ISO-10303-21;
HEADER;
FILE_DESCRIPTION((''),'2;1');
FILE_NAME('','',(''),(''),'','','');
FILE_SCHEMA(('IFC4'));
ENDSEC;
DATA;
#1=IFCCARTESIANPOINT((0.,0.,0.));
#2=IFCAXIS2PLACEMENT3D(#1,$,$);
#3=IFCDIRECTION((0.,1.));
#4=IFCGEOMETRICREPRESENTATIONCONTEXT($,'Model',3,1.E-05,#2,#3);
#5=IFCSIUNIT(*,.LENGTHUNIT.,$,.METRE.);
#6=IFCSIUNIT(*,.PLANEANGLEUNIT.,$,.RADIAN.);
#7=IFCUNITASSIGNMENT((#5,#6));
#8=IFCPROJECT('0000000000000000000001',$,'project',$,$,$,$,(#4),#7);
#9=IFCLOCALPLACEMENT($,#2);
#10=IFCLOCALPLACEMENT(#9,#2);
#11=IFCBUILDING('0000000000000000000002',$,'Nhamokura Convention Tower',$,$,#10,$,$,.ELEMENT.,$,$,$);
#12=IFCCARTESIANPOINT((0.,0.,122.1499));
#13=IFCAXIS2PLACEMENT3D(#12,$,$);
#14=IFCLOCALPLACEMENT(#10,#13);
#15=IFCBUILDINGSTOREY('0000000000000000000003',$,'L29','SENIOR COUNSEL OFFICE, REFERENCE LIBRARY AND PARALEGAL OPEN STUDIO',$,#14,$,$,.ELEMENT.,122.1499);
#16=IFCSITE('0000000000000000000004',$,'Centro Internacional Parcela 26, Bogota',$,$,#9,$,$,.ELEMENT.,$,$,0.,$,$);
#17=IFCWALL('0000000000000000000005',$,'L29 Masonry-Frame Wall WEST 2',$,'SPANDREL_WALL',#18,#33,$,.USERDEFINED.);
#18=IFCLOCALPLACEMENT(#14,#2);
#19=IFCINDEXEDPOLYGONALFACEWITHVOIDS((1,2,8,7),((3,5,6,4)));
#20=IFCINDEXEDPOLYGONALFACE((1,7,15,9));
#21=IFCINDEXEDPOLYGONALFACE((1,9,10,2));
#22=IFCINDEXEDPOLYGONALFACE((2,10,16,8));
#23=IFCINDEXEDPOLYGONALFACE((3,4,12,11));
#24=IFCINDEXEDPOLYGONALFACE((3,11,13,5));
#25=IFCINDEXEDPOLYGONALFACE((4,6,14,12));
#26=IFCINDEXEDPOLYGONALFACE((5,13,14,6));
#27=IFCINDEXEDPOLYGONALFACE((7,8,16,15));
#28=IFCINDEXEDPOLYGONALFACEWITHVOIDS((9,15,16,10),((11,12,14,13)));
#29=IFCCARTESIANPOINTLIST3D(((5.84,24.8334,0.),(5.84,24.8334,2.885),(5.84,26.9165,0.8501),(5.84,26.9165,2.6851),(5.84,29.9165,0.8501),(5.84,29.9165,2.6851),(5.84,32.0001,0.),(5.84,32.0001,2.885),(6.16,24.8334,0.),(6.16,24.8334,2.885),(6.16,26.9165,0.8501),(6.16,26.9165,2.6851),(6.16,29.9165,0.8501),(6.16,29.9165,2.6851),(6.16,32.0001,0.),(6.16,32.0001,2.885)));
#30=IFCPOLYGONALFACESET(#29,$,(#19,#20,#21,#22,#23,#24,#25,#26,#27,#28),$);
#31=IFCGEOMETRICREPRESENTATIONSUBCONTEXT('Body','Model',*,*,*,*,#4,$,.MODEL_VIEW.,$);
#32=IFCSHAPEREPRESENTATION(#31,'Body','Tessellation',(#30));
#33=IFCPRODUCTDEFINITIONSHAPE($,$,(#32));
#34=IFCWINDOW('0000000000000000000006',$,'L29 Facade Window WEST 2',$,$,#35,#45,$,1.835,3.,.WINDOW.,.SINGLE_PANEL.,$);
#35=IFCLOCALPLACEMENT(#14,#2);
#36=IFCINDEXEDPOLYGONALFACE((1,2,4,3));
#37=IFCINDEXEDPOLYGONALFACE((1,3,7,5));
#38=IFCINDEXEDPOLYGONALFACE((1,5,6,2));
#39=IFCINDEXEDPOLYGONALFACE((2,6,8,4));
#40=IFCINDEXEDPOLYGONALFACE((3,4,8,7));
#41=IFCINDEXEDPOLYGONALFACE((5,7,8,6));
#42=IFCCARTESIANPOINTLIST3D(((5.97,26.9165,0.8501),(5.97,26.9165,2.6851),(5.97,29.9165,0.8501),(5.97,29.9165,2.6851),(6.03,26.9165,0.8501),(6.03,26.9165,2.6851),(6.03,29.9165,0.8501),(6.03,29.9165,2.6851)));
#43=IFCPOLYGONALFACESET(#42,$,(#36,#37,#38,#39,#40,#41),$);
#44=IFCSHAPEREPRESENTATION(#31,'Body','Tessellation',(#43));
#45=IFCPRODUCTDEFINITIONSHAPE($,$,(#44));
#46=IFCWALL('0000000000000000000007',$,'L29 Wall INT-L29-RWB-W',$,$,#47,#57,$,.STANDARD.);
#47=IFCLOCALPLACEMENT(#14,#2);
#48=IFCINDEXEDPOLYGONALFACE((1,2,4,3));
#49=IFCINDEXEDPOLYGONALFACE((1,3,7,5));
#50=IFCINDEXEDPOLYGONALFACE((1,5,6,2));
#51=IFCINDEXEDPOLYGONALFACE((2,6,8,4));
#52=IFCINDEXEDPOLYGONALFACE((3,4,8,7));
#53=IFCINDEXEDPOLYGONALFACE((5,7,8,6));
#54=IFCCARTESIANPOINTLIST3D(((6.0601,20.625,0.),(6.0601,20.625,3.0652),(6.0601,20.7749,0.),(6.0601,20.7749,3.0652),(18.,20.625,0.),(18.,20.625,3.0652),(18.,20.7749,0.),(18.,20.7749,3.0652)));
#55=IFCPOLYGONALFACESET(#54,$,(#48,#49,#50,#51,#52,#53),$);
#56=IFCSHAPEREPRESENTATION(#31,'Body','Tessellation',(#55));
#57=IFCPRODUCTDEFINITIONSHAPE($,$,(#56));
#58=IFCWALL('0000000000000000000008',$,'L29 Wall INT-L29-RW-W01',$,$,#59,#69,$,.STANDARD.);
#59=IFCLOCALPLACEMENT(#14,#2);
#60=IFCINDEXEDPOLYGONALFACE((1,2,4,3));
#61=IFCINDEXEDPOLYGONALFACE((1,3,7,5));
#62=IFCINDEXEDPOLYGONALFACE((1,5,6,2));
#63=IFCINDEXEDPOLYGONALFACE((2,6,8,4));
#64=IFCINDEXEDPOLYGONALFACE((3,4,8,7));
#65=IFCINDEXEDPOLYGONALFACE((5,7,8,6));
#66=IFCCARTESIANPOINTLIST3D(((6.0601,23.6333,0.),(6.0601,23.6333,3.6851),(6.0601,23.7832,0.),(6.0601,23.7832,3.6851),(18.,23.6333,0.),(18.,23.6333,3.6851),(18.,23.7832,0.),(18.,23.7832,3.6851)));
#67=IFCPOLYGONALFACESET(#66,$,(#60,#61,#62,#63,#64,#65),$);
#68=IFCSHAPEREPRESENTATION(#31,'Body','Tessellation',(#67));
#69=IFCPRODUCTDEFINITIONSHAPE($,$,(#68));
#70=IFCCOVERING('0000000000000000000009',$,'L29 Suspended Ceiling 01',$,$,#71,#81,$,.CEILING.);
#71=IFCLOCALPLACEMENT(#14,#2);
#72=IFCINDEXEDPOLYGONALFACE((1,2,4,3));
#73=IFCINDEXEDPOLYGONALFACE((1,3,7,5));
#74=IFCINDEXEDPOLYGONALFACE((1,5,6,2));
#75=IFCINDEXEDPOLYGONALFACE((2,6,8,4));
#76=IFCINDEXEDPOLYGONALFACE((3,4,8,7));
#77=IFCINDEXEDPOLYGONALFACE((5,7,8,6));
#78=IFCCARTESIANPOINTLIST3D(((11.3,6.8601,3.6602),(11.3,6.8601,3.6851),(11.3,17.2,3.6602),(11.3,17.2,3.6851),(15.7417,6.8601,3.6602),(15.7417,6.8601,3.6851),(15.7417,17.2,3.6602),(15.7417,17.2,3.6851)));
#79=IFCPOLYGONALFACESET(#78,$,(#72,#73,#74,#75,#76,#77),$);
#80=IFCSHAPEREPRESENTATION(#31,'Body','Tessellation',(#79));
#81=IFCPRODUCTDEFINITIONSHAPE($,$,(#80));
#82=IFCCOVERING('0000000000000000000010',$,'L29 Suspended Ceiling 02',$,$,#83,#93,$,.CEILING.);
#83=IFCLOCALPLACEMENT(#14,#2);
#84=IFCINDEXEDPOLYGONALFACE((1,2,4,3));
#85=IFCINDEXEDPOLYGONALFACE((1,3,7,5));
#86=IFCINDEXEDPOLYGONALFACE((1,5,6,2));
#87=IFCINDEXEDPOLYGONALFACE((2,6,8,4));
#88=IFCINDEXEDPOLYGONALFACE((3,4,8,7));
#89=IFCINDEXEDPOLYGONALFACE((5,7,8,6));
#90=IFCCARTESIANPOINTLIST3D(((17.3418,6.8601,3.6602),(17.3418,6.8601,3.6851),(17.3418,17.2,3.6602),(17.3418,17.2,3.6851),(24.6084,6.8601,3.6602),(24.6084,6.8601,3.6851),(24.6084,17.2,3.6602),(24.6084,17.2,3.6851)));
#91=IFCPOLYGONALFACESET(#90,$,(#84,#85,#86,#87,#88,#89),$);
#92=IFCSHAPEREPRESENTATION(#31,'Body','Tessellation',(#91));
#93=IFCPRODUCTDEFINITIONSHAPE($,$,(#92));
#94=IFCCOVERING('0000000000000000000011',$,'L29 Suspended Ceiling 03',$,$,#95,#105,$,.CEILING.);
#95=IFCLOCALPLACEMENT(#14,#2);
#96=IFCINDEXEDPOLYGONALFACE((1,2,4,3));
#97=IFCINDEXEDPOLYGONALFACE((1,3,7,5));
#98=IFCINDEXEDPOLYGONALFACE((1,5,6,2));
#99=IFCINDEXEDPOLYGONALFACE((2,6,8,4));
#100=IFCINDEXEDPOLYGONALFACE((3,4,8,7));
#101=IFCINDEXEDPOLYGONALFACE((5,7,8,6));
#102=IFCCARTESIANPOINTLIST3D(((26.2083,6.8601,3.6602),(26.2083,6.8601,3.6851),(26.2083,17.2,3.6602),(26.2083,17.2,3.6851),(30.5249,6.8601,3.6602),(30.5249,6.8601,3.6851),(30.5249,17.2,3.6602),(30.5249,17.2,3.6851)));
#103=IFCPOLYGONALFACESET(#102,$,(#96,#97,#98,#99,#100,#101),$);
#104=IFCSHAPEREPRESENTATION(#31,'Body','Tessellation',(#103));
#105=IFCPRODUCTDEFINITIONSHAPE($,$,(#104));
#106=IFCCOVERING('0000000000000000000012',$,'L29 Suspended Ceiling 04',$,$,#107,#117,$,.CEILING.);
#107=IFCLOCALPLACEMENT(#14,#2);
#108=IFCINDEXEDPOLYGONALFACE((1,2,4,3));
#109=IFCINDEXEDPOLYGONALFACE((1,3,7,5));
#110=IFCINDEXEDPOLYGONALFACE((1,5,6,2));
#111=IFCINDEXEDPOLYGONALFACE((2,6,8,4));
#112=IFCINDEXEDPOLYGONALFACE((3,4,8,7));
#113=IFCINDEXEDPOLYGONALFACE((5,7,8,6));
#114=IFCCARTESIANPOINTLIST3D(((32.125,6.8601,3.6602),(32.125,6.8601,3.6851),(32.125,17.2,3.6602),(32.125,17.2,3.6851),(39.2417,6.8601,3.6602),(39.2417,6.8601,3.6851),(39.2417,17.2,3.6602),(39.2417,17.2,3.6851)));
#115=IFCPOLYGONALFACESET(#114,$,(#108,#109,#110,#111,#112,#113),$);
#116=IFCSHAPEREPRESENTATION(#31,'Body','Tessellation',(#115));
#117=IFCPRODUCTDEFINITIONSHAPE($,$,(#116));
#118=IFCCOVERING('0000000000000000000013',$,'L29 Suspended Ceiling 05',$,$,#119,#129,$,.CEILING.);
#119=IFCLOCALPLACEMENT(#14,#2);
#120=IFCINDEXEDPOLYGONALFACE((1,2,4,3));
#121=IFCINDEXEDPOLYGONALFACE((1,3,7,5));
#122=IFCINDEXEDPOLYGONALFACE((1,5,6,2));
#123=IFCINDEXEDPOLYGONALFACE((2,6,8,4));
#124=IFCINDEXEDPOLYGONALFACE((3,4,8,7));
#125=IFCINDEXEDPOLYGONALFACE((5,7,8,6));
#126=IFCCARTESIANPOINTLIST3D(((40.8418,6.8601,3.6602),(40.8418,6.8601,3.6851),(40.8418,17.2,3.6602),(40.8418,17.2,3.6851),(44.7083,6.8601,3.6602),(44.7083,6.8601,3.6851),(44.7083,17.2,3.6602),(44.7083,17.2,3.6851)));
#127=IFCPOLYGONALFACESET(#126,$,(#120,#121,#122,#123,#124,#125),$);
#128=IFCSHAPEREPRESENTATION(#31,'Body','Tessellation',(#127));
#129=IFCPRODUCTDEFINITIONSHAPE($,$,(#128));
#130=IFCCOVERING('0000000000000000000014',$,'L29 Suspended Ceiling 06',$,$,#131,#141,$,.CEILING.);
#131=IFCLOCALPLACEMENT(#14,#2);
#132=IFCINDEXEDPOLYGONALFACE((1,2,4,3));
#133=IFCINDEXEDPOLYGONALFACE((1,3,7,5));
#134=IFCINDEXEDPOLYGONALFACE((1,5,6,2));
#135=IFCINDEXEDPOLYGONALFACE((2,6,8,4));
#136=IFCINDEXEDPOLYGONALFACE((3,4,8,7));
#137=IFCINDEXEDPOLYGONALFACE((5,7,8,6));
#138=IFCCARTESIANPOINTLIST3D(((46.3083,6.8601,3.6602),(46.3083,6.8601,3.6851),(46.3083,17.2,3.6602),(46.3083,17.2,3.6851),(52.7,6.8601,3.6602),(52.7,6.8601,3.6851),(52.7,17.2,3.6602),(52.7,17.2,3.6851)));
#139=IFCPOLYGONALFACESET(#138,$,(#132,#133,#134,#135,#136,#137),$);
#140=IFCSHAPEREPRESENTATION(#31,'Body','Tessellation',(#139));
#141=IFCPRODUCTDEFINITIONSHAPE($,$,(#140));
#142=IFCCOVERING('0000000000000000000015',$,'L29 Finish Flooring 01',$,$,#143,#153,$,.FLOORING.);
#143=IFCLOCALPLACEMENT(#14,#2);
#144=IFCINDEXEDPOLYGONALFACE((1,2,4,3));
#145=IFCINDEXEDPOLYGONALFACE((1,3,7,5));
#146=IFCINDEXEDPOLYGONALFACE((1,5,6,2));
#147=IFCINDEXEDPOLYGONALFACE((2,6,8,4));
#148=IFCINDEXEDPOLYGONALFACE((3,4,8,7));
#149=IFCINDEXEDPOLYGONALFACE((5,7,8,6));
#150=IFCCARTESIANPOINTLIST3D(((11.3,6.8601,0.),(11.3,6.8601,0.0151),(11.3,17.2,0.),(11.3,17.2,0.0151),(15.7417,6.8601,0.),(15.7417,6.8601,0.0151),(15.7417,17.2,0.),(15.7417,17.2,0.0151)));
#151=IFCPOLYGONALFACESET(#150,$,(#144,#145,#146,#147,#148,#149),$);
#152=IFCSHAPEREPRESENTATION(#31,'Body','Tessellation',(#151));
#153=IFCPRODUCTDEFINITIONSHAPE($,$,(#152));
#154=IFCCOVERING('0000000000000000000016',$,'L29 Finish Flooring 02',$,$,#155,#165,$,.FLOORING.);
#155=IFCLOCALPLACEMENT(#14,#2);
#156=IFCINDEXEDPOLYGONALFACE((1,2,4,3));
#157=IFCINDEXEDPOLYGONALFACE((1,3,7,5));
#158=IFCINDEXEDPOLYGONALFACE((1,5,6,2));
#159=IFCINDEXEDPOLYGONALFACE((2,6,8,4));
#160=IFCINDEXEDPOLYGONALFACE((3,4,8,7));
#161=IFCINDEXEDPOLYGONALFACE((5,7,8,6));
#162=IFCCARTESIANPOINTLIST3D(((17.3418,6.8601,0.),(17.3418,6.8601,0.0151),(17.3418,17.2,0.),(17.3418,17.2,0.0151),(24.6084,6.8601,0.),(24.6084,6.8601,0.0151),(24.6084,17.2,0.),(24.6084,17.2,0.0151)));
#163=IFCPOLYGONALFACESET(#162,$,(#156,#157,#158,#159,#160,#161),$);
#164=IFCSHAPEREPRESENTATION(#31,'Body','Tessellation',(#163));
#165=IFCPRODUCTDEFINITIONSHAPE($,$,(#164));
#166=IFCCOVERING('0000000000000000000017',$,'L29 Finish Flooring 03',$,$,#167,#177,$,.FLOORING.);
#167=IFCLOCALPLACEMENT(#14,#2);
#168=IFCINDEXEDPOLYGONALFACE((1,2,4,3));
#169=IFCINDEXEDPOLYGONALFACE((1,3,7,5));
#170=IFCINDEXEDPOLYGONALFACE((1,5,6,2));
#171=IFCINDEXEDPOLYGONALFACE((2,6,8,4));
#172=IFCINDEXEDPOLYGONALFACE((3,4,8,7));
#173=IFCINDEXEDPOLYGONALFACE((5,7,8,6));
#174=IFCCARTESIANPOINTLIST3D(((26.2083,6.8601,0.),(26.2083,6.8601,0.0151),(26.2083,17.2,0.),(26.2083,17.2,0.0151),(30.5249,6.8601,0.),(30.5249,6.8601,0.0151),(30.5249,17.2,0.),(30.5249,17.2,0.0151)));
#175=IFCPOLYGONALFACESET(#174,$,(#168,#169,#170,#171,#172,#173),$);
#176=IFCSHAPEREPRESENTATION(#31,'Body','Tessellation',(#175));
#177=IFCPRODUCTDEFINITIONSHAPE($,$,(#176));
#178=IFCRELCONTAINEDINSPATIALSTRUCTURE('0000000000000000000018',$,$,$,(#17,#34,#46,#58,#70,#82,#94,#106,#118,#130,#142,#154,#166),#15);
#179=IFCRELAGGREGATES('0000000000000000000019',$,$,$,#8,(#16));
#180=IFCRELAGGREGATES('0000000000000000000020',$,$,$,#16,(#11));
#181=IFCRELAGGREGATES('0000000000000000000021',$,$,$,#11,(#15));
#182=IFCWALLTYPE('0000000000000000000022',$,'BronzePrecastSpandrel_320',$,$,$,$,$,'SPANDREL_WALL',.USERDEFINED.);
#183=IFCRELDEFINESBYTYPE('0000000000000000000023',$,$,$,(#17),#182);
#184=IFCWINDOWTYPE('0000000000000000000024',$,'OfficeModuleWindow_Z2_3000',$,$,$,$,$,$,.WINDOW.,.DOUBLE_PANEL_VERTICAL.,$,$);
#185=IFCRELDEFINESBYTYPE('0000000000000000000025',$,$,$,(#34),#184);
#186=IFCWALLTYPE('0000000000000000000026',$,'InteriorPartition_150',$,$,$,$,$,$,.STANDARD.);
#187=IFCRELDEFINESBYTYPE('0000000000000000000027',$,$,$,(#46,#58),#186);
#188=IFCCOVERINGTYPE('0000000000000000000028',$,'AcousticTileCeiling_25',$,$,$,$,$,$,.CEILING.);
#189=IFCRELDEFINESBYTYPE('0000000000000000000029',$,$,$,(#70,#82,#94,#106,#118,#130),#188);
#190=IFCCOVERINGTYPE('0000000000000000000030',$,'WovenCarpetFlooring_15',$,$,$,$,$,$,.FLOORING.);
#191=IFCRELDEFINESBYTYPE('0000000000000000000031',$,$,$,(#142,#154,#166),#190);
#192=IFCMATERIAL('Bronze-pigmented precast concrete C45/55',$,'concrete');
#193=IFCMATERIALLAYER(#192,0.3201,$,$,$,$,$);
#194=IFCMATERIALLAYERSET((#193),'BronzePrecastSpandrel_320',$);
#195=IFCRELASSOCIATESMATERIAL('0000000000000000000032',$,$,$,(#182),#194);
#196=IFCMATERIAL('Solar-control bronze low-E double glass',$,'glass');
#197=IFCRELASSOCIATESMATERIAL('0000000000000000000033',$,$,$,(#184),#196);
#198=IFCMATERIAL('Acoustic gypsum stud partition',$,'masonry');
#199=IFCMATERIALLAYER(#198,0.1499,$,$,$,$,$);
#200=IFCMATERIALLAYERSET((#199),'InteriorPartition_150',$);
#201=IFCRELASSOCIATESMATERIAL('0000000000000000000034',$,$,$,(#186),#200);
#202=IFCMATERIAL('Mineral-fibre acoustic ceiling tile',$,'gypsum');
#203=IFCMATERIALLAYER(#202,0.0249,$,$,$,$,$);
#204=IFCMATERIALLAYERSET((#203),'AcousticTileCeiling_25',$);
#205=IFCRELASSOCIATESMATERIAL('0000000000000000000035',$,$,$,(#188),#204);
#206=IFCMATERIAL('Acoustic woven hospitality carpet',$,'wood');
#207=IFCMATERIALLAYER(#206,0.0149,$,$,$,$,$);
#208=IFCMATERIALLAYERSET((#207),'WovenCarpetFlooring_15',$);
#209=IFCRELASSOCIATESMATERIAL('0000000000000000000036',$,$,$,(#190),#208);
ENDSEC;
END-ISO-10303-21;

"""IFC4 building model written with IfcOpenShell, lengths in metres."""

from ifc_helpers import new_model, si_unit, direction, frame, frame_2d, origin, place, context, subcontext, project, spatial, polyline, rectangle, outline, extrude, material, layer, layer_set, type_object, element, fill, save


model = new_model("IFC4")

# Units and contexts
model_context = context("Model", 3, precision=1e-05, world=origin(), true_north=direction((0.0, 1.0)))
body_context = subcontext(model_context, "Body", "Model", "MODEL_VIEW")
ifc_project = project(units=[si_unit("LENGTHUNIT", "METRE"), si_unit("PLANEANGLEUNIT", "RADIAN")], contexts=[model_context])

# Site, building, storey
site_placement = place(None, origin())
site = spatial("IfcSite", under=ifc_project, at=site_placement, Name="Centro Internacional Parcela 26, Bogota", CompositionType="ELEMENT", RefElevation=0.0)
building_placement = place(site_placement, origin())
building = spatial("IfcBuilding", under=site, at=building_placement, Name="Nhamokura Convention Tower", CompositionType="ELEMENT")
storey_placement = place(building_placement, frame((0.0, 0.0, 122.1499)))
storey = spatial("IfcBuildingStorey", under=building, at=storey_placement, Name="L29", Description="SENIOR COUNSEL OFFICE, REFERENCE LIBRARY AND PARALEGAL OPEN STUDIO", CompositionType="ELEMENT", Elevation=122.1499)

# Shared definitions
ifc_material_1 = material(Name="Bronze-pigmented precast concrete C45/55", Category="concrete")
ifc_layer_1 = layer(ifc_material_1, 0.3201)
ifc_layer_set_1 = layer_set([ifc_layer_1], Name="BronzePrecastSpandrel_320")
wall_type_1 = type_object("IfcWallType", Name="BronzePrecastSpandrel_320", ElementType="SPANDREL_WALL", PredefinedType="USERDEFINED", material=ifc_layer_set_1)

# Wall, opening, window
wall_1_placement = place(storey_placement, frame((6.0, 24.8333, 0.0), z_axis=(0.0, 0.0, 1.0), x_axis=(0.0, 1.0, 0.0)))
wall_1 = element("IfcWall", 1, at=wall_1_placement, inside=storey, type_object=wall_type_1, Name="L29 Masonry-Frame Wall WEST 2", ObjectType="SPANDREL_WALL", PredefinedType="USERDEFINED", context=body_context, shape_type="SweptSolid", body=[
    extrude(rectangle(XDim=7.1667, YDim=0.3201, at=frame_2d((3.5835, 0.0))), origin(), (0.0, 0.0, 1.0), 2.885),
])
opening_1_placement = place(wall_1_placement, frame((2.0833, 0.0, 0.8501)))
opening_1 = element("IfcOpeningElement", 2, at=opening_1_placement, cuts=wall_1, PredefinedType="OPENING", context=body_context, shape_type="SweptSolid", body=[
    extrude(rectangle(XDim=3.0, YDim=1.835, at=frame_2d((1.5, 0.9175))), frame((0.0, 0.1699, 0.0), z_axis=(0.0, -1.0, 0.0), x_axis=(1.0, 0.0, 0.0)), (0.0, 0.0, 1.0), 0.3401),
])
ifc_material_2 = material(Name="Solar-control bronze low-E double glass", Category="glass")
window_type_1 = type_object("IfcWindowType", Name="OfficeModuleWindow_Z2_3000", PartitioningType="DOUBLE_PANEL_VERTICAL", PredefinedType="WINDOW", material=ifc_material_2)
window_1_placement = place(opening_1_placement, origin())
window_1 = element("IfcWindow", 3, at=window_1_placement, inside=storey, type_object=window_type_1, Name="L29 Facade Window WEST 2", OverallHeight=1.835, OverallWidth=3.0, PartitioningType="SINGLE_PANEL", PredefinedType="WINDOW", context=body_context, shape_type="SweptSolid", body=[
    extrude(rectangle(XDim=3.0, YDim=1.835, at=frame_2d((1.5, 0.9175))), frame((0.0, 0.03, 0.0), z_axis=(0.0, -1.0, 0.0), x_axis=(1.0, 0.0, 0.0)), (0.0, 0.0, 1.0), 0.0601),
])
fill(opening_1, window_1)

# Walls
ifc_material_3 = material(Name="Acoustic gypsum stud partition", Category="masonry")
ifc_layer_2 = layer(ifc_material_3, 0.1499)
ifc_layer_set_2 = layer_set([ifc_layer_2], Name="InteriorPartition_150")
wall_type_2 = type_object("IfcWallType", Name="InteriorPartition_150", PredefinedType="STANDARD", material=ifc_layer_set_2)
wall_2_placement = place(storey_placement, frame((6.0601, 20.7, 0.0), z_axis=(0.0, 0.0, 1.0), x_axis=(1.0, 0.0, 0.0)))
element("IfcWall", 4, at=wall_2_placement, inside=storey, type_object=wall_type_2, Name="L29 Wall INT-L29-RWB-W", PredefinedType="STANDARD", context=body_context, shape_type="SweptSolid", body=[
    extrude(rectangle(XDim=11.9399, YDim=0.1499, at=frame_2d((5.97, 0.0))), origin(), (0.0, 0.0, 1.0), 3.0652),
])
wall_3_placement = place(storey_placement, frame((6.0601, 23.7083, 0.0), z_axis=(0.0, 0.0, 1.0), x_axis=(1.0, 0.0, 0.0)))
element("IfcWall", 5, at=wall_3_placement, inside=storey, type_object=wall_type_2, Name="L29 Wall INT-L29-RW-W01", PredefinedType="STANDARD", context=body_context, shape_type="SweptSolid", body=[
    extrude(rectangle(XDim=11.9399, YDim=0.1499, at=frame_2d((5.97, 0.0))), origin(), (0.0, 0.0, 1.0), 3.6851),
])

# Coverings
ifc_material_4 = material(Name="Mineral-fibre acoustic ceiling tile", Category="gypsum")
ifc_layer_3 = layer(ifc_material_4, 0.0249)
ifc_layer_set_3 = layer_set([ifc_layer_3], Name="AcousticTileCeiling_25")
covering_type_1 = type_object("IfcCoveringType", Name="AcousticTileCeiling_25", PredefinedType="CEILING", material=ifc_layer_set_3)
covering_1_placement = place(storey_placement, frame((0.0, 0.0, 3.6602)))
element("IfcCovering", 6, at=covering_1_placement, inside=storey, type_object=covering_type_1, Name="L29 Suspended Ceiling 01", PredefinedType="CEILING", context=body_context, shape_type="SweptSolid", body=[
    extrude(outline(polyline([(11.3, 6.8601), (15.7417, 6.8601), (15.7417, 17.2), (11.3, 17.2), (11.3, 6.8601)])), origin(), (0.0, 0.0, 1.0), 0.0249),
])
covering_2_placement = place(storey_placement, frame((0.0, 0.0, 3.6602)))
element("IfcCovering", 7, at=covering_2_placement, inside=storey, type_object=covering_type_1, Name="L29 Suspended Ceiling 02", PredefinedType="CEILING", context=body_context, shape_type="SweptSolid", body=[
    extrude(outline(polyline([(17.3418, 6.8601), (24.6084, 6.8601), (24.6084, 17.2), (17.3418, 17.2), (17.3418, 6.8601)])), origin(), (0.0, 0.0, 1.0), 0.0249),
])
covering_3_placement = place(storey_placement, frame((0.0, 0.0, 3.6602)))
element("IfcCovering", 8, at=covering_3_placement, inside=storey, type_object=covering_type_1, Name="L29 Suspended Ceiling 03", PredefinedType="CEILING", context=body_context, shape_type="SweptSolid", body=[
    extrude(outline(polyline([(26.2083, 6.8601), (30.5249, 6.8601), (30.5249, 17.2), (26.2083, 17.2), (26.2083, 6.8601)])), origin(), (0.0, 0.0, 1.0), 0.0249),
])
covering_4_placement = place(storey_placement, frame((0.0, 0.0, 3.6602)))
element("IfcCovering", 9, at=covering_4_placement, inside=storey, type_object=covering_type_1, Name="L29 Suspended Ceiling 04", PredefinedType="CEILING", context=body_context, shape_type="SweptSolid", body=[
    extrude(outline(polyline([(32.125, 6.8601), (39.2417, 6.8601), (39.2417, 17.2), (32.125, 17.2), (32.125, 6.8601)])), origin(), (0.0, 0.0, 1.0), 0.0249),
])
covering_5_placement = place(storey_placement, frame((0.0, 0.0, 3.6602)))
element("IfcCovering", 10, at=covering_5_placement, inside=storey, type_object=covering_type_1, Name="L29 Suspended Ceiling 05", PredefinedType="CEILING", context=body_context, shape_type="SweptSolid", body=[
    extrude(outline(polyline([(40.8418, 6.8601), (44.7083, 6.8601), (44.7083, 17.2), (40.8418, 17.2), (40.8418, 6.8601)])), origin(), (0.0, 0.0, 1.0), 0.0249),
])
covering_6_placement = place(storey_placement, frame((0.0, 0.0, 3.6602)))
element("IfcCovering", 11, at=covering_6_placement, inside=storey, type_object=covering_type_1, Name="L29 Suspended Ceiling 06", PredefinedType="CEILING", context=body_context, shape_type="SweptSolid", body=[
    extrude(outline(polyline([(46.3083, 6.8601), (52.7, 6.8601), (52.7, 17.2), (46.3083, 17.2), (46.3083, 6.8601)])), origin(), (0.0, 0.0, 1.0), 0.0249),
])
ifc_material_5 = material(Name="Acoustic woven hospitality carpet", Category="wood")
ifc_layer_4 = layer(ifc_material_5, 0.0149)
ifc_layer_set_4 = layer_set([ifc_layer_4], Name="WovenCarpetFlooring_15")
covering_type_2 = type_object("IfcCoveringType", Name="WovenCarpetFlooring_15", PredefinedType="FLOORING", material=ifc_layer_set_4)
covering_7_placement = place(storey_placement, origin())
element("IfcCovering", 12, at=covering_7_placement, inside=storey, type_object=covering_type_2, Name="L29 Finish Flooring 01", PredefinedType="FLOORING", context=body_context, shape_type="SweptSolid", body=[
    extrude(outline(polyline([(11.3, 6.8601), (15.7417, 6.8601), (15.7417, 17.2), (11.3, 17.2), (11.3, 6.8601)])), origin(), (0.0, 0.0, 1.0), 0.0151),
])
covering_8_placement = place(storey_placement, origin())
element("IfcCovering", 13, at=covering_8_placement, inside=storey, type_object=covering_type_2, Name="L29 Finish Flooring 02", PredefinedType="FLOORING", context=body_context, shape_type="SweptSolid", body=[
    extrude(outline(polyline([(17.3418, 6.8601), (24.6084, 6.8601), (24.6084, 17.2), (17.3418, 17.2), (17.3418, 6.8601)])), origin(), (0.0, 0.0, 1.0), 0.0151),
])
covering_9_placement = place(storey_placement, origin())
element("IfcCovering", 14, at=covering_9_placement, inside=storey, type_object=covering_type_2, Name="L29 Finish Flooring 03", PredefinedType="FLOORING", context=body_context, shape_type="SweptSolid", body=[
    extrude(outline(polyline([(26.2083, 6.8601), (30.5249, 6.8601), (30.5249, 17.2), (26.2083, 17.2), (26.2083, 6.8601)])), origin(), (0.0, 0.0, 1.0), 0.0151),
])

save(model, "model.ifc")
